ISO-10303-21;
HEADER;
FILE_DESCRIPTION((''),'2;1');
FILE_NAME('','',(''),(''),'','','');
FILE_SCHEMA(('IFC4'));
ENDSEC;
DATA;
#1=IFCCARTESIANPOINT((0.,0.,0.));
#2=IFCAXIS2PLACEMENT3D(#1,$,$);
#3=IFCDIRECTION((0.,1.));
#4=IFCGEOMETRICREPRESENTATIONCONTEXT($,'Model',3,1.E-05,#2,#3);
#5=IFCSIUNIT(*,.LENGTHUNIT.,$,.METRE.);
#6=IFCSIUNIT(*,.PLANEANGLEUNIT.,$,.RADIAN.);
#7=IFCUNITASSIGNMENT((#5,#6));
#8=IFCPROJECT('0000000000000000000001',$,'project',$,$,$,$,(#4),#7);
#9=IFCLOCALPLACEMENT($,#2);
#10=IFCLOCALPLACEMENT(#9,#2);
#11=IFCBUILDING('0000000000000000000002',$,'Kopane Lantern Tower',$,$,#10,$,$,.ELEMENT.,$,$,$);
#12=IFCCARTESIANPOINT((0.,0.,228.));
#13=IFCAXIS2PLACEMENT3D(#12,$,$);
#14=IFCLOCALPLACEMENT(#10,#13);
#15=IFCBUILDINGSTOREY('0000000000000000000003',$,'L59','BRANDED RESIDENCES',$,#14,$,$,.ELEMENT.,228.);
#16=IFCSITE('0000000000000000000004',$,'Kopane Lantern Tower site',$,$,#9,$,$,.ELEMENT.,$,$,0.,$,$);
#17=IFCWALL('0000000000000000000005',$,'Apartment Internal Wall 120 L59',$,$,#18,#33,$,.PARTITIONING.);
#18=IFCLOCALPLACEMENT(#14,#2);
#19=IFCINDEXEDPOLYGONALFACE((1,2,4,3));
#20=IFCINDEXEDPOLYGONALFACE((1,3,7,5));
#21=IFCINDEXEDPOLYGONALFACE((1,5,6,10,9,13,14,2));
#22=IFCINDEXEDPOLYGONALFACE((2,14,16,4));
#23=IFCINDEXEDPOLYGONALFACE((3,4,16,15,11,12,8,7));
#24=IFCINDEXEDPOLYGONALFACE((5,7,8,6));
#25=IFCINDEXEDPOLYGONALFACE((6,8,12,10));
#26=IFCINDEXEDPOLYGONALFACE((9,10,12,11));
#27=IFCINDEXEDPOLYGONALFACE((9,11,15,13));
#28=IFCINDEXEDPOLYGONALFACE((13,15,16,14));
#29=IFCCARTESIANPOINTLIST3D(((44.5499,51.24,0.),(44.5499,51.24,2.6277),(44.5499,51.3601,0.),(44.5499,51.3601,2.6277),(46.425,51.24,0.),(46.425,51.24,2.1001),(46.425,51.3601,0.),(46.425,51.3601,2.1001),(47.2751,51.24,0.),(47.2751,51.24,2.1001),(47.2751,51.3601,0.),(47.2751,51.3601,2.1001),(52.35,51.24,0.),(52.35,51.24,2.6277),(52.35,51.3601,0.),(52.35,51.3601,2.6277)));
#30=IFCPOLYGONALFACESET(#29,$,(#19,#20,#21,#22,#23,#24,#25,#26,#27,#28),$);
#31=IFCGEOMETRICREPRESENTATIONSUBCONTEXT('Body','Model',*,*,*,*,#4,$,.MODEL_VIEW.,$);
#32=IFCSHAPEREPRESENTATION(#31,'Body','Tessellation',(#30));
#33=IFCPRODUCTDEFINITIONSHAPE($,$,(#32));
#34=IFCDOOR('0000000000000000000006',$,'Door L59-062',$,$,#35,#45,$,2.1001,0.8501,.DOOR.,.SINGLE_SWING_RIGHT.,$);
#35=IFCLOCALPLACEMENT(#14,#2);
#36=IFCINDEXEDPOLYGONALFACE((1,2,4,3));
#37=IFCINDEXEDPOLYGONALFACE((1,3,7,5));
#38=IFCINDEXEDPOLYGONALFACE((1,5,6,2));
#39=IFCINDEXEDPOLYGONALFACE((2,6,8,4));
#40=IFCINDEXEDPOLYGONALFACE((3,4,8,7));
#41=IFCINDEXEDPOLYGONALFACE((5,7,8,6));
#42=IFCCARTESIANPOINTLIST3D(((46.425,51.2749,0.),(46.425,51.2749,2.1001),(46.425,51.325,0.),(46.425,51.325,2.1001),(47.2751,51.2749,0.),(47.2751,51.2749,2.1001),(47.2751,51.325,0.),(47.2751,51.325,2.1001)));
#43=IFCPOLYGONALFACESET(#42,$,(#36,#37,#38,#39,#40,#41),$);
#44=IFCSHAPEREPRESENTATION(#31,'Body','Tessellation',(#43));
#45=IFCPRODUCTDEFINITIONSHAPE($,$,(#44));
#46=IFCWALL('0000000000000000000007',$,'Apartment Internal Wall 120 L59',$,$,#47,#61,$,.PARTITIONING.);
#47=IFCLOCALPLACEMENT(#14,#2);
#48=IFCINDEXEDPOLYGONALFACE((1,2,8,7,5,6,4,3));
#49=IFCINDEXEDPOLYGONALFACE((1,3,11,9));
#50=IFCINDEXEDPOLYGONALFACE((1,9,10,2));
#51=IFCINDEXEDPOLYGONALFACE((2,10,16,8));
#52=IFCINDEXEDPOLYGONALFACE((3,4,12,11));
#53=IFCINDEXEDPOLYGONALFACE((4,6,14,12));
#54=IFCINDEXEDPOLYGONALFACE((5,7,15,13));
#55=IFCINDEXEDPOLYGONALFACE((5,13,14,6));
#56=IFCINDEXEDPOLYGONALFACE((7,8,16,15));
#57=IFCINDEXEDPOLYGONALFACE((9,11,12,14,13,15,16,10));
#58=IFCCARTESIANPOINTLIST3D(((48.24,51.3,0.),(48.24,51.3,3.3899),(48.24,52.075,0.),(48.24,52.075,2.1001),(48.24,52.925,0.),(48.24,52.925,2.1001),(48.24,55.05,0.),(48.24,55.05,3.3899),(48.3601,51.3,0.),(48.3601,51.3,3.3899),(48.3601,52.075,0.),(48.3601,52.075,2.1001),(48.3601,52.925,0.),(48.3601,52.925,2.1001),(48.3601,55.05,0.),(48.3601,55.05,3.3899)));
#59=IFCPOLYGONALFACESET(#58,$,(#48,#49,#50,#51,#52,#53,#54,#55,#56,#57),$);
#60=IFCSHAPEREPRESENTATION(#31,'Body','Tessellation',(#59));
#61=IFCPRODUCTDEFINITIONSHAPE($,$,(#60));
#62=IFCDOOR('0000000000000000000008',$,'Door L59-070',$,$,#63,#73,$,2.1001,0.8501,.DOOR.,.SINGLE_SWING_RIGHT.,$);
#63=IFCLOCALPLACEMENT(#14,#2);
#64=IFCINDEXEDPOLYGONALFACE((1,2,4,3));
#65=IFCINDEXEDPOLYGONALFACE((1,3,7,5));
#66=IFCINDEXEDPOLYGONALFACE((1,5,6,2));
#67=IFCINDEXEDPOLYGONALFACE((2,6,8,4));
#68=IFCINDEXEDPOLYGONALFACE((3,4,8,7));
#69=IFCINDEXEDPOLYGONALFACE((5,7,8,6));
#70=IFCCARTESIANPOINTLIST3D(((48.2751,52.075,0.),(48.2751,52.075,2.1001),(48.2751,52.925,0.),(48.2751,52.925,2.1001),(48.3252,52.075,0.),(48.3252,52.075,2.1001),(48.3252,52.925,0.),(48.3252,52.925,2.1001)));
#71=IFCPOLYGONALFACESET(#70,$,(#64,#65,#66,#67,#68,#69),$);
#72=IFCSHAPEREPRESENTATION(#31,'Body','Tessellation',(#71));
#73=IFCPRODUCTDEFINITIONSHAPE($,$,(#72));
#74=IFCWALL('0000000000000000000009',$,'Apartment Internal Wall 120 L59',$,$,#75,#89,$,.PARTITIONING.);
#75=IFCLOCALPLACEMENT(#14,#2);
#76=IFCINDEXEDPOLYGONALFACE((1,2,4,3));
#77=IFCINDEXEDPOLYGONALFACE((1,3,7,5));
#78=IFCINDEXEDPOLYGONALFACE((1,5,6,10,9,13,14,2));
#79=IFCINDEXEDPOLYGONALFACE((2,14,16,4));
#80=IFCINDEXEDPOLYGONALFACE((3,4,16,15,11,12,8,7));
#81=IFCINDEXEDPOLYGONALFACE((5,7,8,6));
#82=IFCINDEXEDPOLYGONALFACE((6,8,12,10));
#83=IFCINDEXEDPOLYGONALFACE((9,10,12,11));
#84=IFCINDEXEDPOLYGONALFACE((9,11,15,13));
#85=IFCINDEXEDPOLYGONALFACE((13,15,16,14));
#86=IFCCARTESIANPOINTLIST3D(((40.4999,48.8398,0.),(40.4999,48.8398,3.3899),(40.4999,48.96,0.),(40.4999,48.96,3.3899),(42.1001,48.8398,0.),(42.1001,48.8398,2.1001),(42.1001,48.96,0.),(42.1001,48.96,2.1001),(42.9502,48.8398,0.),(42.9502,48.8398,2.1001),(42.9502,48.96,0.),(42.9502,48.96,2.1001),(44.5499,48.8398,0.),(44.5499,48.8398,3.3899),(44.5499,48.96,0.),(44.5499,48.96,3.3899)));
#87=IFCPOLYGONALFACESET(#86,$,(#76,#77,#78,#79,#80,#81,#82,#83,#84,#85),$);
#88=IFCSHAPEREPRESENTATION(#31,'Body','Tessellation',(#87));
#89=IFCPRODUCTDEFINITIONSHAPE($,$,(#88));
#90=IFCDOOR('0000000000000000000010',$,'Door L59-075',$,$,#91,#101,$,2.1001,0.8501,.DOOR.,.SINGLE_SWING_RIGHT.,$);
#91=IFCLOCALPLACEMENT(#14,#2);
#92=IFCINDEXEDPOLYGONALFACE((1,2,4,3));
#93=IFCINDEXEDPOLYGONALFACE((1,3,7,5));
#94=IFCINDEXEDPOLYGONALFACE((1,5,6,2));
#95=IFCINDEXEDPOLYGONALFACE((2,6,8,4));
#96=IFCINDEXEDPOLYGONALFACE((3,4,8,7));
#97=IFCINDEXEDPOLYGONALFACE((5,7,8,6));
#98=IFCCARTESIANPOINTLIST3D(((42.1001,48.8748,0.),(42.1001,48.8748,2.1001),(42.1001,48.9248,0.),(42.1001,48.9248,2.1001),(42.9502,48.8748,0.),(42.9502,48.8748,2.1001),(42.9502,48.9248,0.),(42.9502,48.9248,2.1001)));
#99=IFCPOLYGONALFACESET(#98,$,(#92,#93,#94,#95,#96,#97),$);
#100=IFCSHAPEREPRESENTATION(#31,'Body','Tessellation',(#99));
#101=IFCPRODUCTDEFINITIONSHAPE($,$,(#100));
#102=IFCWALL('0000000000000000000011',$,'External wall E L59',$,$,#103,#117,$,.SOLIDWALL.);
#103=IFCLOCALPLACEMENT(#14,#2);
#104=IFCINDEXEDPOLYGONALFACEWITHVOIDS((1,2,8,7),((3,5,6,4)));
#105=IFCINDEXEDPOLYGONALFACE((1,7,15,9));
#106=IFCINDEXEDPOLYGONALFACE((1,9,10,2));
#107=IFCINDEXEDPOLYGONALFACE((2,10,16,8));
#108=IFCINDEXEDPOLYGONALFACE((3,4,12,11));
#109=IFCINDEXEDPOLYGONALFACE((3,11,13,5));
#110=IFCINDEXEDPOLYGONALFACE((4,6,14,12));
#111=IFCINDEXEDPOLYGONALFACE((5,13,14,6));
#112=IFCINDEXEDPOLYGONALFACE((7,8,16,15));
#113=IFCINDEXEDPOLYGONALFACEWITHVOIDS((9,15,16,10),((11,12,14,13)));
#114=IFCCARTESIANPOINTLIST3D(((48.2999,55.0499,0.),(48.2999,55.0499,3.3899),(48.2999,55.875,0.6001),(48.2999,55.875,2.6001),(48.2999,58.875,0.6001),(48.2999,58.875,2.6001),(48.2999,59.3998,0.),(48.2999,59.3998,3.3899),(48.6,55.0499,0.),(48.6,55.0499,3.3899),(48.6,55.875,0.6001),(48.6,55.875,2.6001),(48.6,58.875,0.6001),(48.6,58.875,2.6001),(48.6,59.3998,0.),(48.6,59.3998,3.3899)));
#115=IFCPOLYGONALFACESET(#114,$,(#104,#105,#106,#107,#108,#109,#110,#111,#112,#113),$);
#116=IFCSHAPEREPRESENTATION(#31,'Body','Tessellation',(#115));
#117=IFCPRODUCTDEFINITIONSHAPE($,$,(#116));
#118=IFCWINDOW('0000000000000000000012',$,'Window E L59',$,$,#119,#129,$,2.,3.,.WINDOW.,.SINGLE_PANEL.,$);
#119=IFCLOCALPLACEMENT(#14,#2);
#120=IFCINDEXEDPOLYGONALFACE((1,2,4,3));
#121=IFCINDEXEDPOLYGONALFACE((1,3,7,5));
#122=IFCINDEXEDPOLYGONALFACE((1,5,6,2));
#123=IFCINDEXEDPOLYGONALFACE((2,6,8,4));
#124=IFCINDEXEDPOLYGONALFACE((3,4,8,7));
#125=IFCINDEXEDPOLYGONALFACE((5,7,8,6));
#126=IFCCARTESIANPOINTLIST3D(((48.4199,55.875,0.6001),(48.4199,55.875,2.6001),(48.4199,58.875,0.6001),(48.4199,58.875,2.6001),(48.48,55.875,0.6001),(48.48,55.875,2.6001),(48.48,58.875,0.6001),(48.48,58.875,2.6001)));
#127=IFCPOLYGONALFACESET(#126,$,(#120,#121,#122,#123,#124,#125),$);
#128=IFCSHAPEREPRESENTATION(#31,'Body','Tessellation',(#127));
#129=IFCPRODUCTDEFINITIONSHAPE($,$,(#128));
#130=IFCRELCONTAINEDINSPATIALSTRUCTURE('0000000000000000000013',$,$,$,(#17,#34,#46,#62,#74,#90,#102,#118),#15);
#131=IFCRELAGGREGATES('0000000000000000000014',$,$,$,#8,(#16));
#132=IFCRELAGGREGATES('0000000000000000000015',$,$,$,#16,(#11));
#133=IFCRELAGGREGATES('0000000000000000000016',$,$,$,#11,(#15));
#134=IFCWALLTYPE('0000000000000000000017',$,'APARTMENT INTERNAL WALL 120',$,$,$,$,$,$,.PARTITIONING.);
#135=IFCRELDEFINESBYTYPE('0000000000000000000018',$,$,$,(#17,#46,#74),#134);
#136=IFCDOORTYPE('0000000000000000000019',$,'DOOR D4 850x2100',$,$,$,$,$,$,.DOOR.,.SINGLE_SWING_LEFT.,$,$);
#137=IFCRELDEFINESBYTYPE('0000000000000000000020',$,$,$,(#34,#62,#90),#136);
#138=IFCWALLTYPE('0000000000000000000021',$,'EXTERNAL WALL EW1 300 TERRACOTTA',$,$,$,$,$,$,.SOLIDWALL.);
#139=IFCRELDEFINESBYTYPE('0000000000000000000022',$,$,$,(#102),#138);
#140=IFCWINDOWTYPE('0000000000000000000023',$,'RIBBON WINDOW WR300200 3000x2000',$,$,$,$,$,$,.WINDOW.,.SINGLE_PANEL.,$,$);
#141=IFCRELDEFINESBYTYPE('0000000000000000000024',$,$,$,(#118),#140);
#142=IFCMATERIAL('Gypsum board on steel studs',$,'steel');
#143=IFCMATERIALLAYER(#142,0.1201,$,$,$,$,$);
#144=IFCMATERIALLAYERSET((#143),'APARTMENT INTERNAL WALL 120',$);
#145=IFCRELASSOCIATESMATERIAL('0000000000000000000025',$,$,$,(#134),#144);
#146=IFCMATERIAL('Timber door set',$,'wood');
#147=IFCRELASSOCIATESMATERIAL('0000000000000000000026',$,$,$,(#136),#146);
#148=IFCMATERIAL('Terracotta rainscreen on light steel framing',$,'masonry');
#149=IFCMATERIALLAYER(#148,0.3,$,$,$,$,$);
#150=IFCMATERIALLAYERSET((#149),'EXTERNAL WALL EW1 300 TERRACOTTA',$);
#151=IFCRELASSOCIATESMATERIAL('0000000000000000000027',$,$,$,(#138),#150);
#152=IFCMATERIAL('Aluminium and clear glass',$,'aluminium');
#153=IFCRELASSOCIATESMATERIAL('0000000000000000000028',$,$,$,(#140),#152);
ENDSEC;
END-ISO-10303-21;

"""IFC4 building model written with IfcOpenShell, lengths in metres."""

from ifc_helpers import new_model, si_unit, direction, frame, frame_2d, origin, place, context, subcontext, project, spatial, rectangle, extrude, material, layer, layer_set, type_object, element, fill, save


model = new_model("IFC4")

# Units and contexts
model_context = context("Model", 3, precision=1e-05, world=origin(), true_north=direction((0.0, 1.0)))
body_context = subcontext(model_context, "Body", "Model", "MODEL_VIEW")
ifc_project = project(units=[si_unit("LENGTHUNIT", "METRE"), si_unit("PLANEANGLEUNIT", "RADIAN")], contexts=[model_context])

# Site, building, storey
site_placement = place(None, origin())
site = spatial("IfcSite", under=ifc_project, at=site_placement, Name="Kopane Lantern Tower site", CompositionType="ELEMENT", RefElevation=0.0)
building_placement = place(site_placement, origin())
building = spatial("IfcBuilding", under=site, at=building_placement, Name="Kopane Lantern Tower", CompositionType="ELEMENT")
storey_placement = place(building_placement, frame((0.0, 0.0, 228.0)))
storey = spatial("IfcBuildingStorey", under=building, at=storey_placement, Name="L59", Description="BRANDED RESIDENCES", CompositionType="ELEMENT", Elevation=228.0)

# Walls, openings, doors
ifc_material_1 = material(Name="Gypsum board on steel studs", Category="steel")
ifc_layer_1 = layer(ifc_material_1, 0.1201)
ifc_layer_set_1 = layer_set([ifc_layer_1], Name="APARTMENT INTERNAL WALL 120")
wall_type_1 = type_object("IfcWallType", Name="APARTMENT INTERNAL WALL 120", PredefinedType="PARTITIONING", material=ifc_layer_set_1)
wall_1_placement = place(storey_placement, frame((44.55, 51.3, 0.0), z_axis=(0.0, 0.0, 1.0), x_axis=(1.0, 0.0, 0.0)))
wall_1 = element("IfcWall", 1, at=wall_1_placement, inside=storey, type_object=wall_type_1, Name="Apartment Internal Wall 120 L59", PredefinedType="PARTITIONING", context=body_context, shape_type="SweptSolid", body=[
    extrude(rectangle(XDim=7.8, YDim=0.1201, at=frame_2d((3.8999, 0.0))), origin(), (0.0, 0.0, 1.0), 2.6277),
])
opening_1_placement = place(wall_1_placement, frame((1.875, 0.0, 0.0)))
opening_1 = element("IfcOpeningElement", 2, at=opening_1_placement, cuts=wall_1, PredefinedType="OPENING", context=body_context, shape_type="SweptSolid", body=[
    extrude(rectangle(XDim=0.8501, YDim=2.1001, at=frame_2d((0.425, 1.05))), frame((0.0, 0.0701, 0.0), z_axis=(0.0, -1.0, 0.0), x_axis=(1.0, 0.0, 0.0)), (0.0, 0.0, 1.0), 0.1401),
])
ifc_material_2 = material(Name="Timber door set", Category="wood")
door_type = type_object("IfcDoorType", Name="DOOR D4 850x2100", OperationType="SINGLE_SWING_LEFT", PredefinedType="DOOR", material=ifc_material_2)
door_1_placement = place(opening_1_placement, origin())
door_1 = element("IfcDoor", 3, at=door_1_placement, inside=storey, type_object=door_type, Name="Door L59-062", OperationType="SINGLE_SWING_RIGHT", OverallHeight=2.1001, OverallWidth=0.8501, PredefinedType="DOOR", context=body_context, shape_type="SweptSolid", body=[
    extrude(rectangle(XDim=0.8501, YDim=2.1001, at=frame_2d((0.425, 1.05))), frame((0.0, 0.0249, 0.0), z_axis=(0.0, -1.0, 0.0), x_axis=(1.0, 0.0, 0.0)), (0.0, 0.0, 1.0), 0.05),
])
fill(opening_1, door_1)
wall_2_placement = place(storey_placement, frame((48.3, 51.3, 0.0), z_axis=(0.0, 0.0, 1.0), x_axis=(0.0, 1.0, 0.0)))
wall_2 = element("IfcWall", 4, at=wall_2_placement, inside=storey, type_object=wall_type_1, Name="Apartment Internal Wall 120 L59", PredefinedType="PARTITIONING", context=body_context, shape_type="SweptSolid", body=[
    extrude(rectangle(XDim=3.75, YDim=0.1201, at=frame_2d((1.875, 0.0))), origin(), (0.0, 0.0, 1.0), 3.3899),
])
opening_2_placement = place(wall_2_placement, frame((0.7749, 0.0, 0.0)))
opening_2 = element("IfcOpeningElement", 5, at=opening_2_placement, cuts=wall_2, PredefinedType="OPENING", context=body_context, shape_type="SweptSolid", body=[
    extrude(rectangle(XDim=0.8501, YDim=2.1001, at=frame_2d((0.425, 1.05))), frame((0.0, 0.0701, 0.0), z_axis=(0.0, -1.0, 0.0), x_axis=(1.0, 0.0, 0.0)), (0.0, 0.0, 1.0), 0.1401),
])
door_2_placement = place(opening_2_placement, origin())
door_2 = element("IfcDoor", 6, at=door_2_placement, inside=storey, type_object=door_type, Name="Door L59-070", OperationType="SINGLE_SWING_RIGHT", OverallHeight=2.1001, OverallWidth=0.8501, PredefinedType="DOOR", context=body_context, shape_type="SweptSolid", body=[
    extrude(rectangle(XDim=0.8501, YDim=2.1001, at=frame_2d((0.425, 1.05))), frame((0.0, 0.0249, 0.0), z_axis=(0.0, -1.0, 0.0), x_axis=(1.0, 0.0, 0.0)), (0.0, 0.0, 1.0), 0.05),
])
fill(opening_2, door_2)
wall_3_placement = place(storey_placement, frame((40.5, 48.8999, 0.0), z_axis=(0.0, 0.0, 1.0), x_axis=(1.0, 0.0, 0.0)))
wall_3 = element("IfcWall", 7, at=wall_3_placement, inside=storey, type_object=wall_type_1, Name="Apartment Internal Wall 120 L59", PredefinedType="PARTITIONING", context=body_context, shape_type="SweptSolid", body=[
    extrude(rectangle(XDim=4.05, YDim=0.1201, at=frame_2d((2.0249, 0.0))), origin(), (0.0, 0.0, 1.0), 3.3899),
])
opening_3_placement = place(wall_3_placement, frame((1.6001, 0.0, 0.0)))
opening_3 = element("IfcOpeningElement", 8, at=opening_3_placement, cuts=wall_3, PredefinedType="OPENING", context=body_context, shape_type="SweptSolid", body=[
    extrude(rectangle(XDim=0.8501, YDim=2.1001, at=frame_2d((0.425, 1.05))), frame((0.0, 0.0701, 0.0), z_axis=(0.0, -1.0, 0.0), x_axis=(1.0, 0.0, 0.0)), (0.0, 0.0, 1.0), 0.1401),
])
door_3_placement = place(opening_3_placement, origin())
door_3 = element("IfcDoor", 9, at=door_3_placement, inside=storey, type_object=door_type, Name="Door L59-075", OperationType="SINGLE_SWING_RIGHT", OverallHeight=2.1001, OverallWidth=0.8501, PredefinedType="DOOR", context=body_context, shape_type="SweptSolid", body=[
    extrude(rectangle(XDim=0.8501, YDim=2.1001, at=frame_2d((0.425, 1.05))), frame((0.0, 0.0249, 0.0), z_axis=(0.0, -1.0, 0.0), x_axis=(1.0, 0.0, 0.0)), (0.0, 0.0, 1.0), 0.05),
])
fill(opening_3, door_3)

# Wall, opening, window
ifc_material_3 = material(Name="Terracotta rainscreen on light steel framing", Category="masonry")
ifc_layer_2 = layer(ifc_material_3, 0.3)
ifc_layer_set_2 = layer_set([ifc_layer_2], Name="EXTERNAL WALL EW1 300 TERRACOTTA")
wall_type_2 = type_object("IfcWallType", Name="EXTERNAL WALL EW1 300 TERRACOTTA", PredefinedType="SOLIDWALL", material=ifc_layer_set_2)
wall_4_placement = place(storey_placement, frame((48.45, 55.05, 0.0), z_axis=(0.0, 0.0, 1.0), x_axis=(0.0, 1.0, 0.0)))
wall_4 = element("IfcWall", 10, at=wall_4_placement, inside=storey, type_object=wall_type_2, Name="External wall E L59", PredefinedType="SOLIDWALL", context=body_context, shape_type="SweptSolid", body=[
    extrude(rectangle(XDim=4.3499, YDim=0.3, at=frame_2d((2.1748, 0.0))), origin(), (0.0, 0.0, 1.0), 3.3899),
])
opening_4_placement = place(wall_4_placement, frame((0.825, 0.0, 0.6001)))
opening_4 = element("IfcOpeningElement", 11, at=opening_4_placement, cuts=wall_4, PredefinedType="OPENING", context=body_context, shape_type="SweptSolid", body=[
    extrude(rectangle(XDim=3.0, YDim=2.0, at=frame_2d((1.5, 1.0))), frame((0.0, 0.1599, 0.0), z_axis=(0.0, -1.0, 0.0), x_axis=(1.0, 0.0, 0.0)), (0.0, 0.0, 1.0), 0.3201),
])
ifc_material_4 = material(Name="Aluminium and clear glass", Category="aluminium")
window_type = type_object("IfcWindowType", Name="RIBBON WINDOW WR300200 3000x2000", PartitioningType="SINGLE_PANEL", PredefinedType="WINDOW", material=ifc_material_4)
window_1_placement = place(opening_4_placement, origin())
window_1 = element("IfcWindow", 12, at=window_1_placement, inside=storey, type_object=window_type, Name="Window E L59", OverallHeight=2.0, OverallWidth=3.0, PartitioningType="SINGLE_PANEL", PredefinedType="WINDOW", context=body_context, shape_type="SweptSolid", body=[
    extrude(rectangle(XDim=3.0, YDim=2.0, at=frame_2d((1.5, 1.0))), frame((0.0, 0.03, 0.0), z_axis=(0.0, -1.0, 0.0), x_axis=(1.0, 0.0, 0.0)), (0.0, 0.0, 1.0), 0.0601),
])
fill(opening_4, window_1)

save(model, "model.ifc")
